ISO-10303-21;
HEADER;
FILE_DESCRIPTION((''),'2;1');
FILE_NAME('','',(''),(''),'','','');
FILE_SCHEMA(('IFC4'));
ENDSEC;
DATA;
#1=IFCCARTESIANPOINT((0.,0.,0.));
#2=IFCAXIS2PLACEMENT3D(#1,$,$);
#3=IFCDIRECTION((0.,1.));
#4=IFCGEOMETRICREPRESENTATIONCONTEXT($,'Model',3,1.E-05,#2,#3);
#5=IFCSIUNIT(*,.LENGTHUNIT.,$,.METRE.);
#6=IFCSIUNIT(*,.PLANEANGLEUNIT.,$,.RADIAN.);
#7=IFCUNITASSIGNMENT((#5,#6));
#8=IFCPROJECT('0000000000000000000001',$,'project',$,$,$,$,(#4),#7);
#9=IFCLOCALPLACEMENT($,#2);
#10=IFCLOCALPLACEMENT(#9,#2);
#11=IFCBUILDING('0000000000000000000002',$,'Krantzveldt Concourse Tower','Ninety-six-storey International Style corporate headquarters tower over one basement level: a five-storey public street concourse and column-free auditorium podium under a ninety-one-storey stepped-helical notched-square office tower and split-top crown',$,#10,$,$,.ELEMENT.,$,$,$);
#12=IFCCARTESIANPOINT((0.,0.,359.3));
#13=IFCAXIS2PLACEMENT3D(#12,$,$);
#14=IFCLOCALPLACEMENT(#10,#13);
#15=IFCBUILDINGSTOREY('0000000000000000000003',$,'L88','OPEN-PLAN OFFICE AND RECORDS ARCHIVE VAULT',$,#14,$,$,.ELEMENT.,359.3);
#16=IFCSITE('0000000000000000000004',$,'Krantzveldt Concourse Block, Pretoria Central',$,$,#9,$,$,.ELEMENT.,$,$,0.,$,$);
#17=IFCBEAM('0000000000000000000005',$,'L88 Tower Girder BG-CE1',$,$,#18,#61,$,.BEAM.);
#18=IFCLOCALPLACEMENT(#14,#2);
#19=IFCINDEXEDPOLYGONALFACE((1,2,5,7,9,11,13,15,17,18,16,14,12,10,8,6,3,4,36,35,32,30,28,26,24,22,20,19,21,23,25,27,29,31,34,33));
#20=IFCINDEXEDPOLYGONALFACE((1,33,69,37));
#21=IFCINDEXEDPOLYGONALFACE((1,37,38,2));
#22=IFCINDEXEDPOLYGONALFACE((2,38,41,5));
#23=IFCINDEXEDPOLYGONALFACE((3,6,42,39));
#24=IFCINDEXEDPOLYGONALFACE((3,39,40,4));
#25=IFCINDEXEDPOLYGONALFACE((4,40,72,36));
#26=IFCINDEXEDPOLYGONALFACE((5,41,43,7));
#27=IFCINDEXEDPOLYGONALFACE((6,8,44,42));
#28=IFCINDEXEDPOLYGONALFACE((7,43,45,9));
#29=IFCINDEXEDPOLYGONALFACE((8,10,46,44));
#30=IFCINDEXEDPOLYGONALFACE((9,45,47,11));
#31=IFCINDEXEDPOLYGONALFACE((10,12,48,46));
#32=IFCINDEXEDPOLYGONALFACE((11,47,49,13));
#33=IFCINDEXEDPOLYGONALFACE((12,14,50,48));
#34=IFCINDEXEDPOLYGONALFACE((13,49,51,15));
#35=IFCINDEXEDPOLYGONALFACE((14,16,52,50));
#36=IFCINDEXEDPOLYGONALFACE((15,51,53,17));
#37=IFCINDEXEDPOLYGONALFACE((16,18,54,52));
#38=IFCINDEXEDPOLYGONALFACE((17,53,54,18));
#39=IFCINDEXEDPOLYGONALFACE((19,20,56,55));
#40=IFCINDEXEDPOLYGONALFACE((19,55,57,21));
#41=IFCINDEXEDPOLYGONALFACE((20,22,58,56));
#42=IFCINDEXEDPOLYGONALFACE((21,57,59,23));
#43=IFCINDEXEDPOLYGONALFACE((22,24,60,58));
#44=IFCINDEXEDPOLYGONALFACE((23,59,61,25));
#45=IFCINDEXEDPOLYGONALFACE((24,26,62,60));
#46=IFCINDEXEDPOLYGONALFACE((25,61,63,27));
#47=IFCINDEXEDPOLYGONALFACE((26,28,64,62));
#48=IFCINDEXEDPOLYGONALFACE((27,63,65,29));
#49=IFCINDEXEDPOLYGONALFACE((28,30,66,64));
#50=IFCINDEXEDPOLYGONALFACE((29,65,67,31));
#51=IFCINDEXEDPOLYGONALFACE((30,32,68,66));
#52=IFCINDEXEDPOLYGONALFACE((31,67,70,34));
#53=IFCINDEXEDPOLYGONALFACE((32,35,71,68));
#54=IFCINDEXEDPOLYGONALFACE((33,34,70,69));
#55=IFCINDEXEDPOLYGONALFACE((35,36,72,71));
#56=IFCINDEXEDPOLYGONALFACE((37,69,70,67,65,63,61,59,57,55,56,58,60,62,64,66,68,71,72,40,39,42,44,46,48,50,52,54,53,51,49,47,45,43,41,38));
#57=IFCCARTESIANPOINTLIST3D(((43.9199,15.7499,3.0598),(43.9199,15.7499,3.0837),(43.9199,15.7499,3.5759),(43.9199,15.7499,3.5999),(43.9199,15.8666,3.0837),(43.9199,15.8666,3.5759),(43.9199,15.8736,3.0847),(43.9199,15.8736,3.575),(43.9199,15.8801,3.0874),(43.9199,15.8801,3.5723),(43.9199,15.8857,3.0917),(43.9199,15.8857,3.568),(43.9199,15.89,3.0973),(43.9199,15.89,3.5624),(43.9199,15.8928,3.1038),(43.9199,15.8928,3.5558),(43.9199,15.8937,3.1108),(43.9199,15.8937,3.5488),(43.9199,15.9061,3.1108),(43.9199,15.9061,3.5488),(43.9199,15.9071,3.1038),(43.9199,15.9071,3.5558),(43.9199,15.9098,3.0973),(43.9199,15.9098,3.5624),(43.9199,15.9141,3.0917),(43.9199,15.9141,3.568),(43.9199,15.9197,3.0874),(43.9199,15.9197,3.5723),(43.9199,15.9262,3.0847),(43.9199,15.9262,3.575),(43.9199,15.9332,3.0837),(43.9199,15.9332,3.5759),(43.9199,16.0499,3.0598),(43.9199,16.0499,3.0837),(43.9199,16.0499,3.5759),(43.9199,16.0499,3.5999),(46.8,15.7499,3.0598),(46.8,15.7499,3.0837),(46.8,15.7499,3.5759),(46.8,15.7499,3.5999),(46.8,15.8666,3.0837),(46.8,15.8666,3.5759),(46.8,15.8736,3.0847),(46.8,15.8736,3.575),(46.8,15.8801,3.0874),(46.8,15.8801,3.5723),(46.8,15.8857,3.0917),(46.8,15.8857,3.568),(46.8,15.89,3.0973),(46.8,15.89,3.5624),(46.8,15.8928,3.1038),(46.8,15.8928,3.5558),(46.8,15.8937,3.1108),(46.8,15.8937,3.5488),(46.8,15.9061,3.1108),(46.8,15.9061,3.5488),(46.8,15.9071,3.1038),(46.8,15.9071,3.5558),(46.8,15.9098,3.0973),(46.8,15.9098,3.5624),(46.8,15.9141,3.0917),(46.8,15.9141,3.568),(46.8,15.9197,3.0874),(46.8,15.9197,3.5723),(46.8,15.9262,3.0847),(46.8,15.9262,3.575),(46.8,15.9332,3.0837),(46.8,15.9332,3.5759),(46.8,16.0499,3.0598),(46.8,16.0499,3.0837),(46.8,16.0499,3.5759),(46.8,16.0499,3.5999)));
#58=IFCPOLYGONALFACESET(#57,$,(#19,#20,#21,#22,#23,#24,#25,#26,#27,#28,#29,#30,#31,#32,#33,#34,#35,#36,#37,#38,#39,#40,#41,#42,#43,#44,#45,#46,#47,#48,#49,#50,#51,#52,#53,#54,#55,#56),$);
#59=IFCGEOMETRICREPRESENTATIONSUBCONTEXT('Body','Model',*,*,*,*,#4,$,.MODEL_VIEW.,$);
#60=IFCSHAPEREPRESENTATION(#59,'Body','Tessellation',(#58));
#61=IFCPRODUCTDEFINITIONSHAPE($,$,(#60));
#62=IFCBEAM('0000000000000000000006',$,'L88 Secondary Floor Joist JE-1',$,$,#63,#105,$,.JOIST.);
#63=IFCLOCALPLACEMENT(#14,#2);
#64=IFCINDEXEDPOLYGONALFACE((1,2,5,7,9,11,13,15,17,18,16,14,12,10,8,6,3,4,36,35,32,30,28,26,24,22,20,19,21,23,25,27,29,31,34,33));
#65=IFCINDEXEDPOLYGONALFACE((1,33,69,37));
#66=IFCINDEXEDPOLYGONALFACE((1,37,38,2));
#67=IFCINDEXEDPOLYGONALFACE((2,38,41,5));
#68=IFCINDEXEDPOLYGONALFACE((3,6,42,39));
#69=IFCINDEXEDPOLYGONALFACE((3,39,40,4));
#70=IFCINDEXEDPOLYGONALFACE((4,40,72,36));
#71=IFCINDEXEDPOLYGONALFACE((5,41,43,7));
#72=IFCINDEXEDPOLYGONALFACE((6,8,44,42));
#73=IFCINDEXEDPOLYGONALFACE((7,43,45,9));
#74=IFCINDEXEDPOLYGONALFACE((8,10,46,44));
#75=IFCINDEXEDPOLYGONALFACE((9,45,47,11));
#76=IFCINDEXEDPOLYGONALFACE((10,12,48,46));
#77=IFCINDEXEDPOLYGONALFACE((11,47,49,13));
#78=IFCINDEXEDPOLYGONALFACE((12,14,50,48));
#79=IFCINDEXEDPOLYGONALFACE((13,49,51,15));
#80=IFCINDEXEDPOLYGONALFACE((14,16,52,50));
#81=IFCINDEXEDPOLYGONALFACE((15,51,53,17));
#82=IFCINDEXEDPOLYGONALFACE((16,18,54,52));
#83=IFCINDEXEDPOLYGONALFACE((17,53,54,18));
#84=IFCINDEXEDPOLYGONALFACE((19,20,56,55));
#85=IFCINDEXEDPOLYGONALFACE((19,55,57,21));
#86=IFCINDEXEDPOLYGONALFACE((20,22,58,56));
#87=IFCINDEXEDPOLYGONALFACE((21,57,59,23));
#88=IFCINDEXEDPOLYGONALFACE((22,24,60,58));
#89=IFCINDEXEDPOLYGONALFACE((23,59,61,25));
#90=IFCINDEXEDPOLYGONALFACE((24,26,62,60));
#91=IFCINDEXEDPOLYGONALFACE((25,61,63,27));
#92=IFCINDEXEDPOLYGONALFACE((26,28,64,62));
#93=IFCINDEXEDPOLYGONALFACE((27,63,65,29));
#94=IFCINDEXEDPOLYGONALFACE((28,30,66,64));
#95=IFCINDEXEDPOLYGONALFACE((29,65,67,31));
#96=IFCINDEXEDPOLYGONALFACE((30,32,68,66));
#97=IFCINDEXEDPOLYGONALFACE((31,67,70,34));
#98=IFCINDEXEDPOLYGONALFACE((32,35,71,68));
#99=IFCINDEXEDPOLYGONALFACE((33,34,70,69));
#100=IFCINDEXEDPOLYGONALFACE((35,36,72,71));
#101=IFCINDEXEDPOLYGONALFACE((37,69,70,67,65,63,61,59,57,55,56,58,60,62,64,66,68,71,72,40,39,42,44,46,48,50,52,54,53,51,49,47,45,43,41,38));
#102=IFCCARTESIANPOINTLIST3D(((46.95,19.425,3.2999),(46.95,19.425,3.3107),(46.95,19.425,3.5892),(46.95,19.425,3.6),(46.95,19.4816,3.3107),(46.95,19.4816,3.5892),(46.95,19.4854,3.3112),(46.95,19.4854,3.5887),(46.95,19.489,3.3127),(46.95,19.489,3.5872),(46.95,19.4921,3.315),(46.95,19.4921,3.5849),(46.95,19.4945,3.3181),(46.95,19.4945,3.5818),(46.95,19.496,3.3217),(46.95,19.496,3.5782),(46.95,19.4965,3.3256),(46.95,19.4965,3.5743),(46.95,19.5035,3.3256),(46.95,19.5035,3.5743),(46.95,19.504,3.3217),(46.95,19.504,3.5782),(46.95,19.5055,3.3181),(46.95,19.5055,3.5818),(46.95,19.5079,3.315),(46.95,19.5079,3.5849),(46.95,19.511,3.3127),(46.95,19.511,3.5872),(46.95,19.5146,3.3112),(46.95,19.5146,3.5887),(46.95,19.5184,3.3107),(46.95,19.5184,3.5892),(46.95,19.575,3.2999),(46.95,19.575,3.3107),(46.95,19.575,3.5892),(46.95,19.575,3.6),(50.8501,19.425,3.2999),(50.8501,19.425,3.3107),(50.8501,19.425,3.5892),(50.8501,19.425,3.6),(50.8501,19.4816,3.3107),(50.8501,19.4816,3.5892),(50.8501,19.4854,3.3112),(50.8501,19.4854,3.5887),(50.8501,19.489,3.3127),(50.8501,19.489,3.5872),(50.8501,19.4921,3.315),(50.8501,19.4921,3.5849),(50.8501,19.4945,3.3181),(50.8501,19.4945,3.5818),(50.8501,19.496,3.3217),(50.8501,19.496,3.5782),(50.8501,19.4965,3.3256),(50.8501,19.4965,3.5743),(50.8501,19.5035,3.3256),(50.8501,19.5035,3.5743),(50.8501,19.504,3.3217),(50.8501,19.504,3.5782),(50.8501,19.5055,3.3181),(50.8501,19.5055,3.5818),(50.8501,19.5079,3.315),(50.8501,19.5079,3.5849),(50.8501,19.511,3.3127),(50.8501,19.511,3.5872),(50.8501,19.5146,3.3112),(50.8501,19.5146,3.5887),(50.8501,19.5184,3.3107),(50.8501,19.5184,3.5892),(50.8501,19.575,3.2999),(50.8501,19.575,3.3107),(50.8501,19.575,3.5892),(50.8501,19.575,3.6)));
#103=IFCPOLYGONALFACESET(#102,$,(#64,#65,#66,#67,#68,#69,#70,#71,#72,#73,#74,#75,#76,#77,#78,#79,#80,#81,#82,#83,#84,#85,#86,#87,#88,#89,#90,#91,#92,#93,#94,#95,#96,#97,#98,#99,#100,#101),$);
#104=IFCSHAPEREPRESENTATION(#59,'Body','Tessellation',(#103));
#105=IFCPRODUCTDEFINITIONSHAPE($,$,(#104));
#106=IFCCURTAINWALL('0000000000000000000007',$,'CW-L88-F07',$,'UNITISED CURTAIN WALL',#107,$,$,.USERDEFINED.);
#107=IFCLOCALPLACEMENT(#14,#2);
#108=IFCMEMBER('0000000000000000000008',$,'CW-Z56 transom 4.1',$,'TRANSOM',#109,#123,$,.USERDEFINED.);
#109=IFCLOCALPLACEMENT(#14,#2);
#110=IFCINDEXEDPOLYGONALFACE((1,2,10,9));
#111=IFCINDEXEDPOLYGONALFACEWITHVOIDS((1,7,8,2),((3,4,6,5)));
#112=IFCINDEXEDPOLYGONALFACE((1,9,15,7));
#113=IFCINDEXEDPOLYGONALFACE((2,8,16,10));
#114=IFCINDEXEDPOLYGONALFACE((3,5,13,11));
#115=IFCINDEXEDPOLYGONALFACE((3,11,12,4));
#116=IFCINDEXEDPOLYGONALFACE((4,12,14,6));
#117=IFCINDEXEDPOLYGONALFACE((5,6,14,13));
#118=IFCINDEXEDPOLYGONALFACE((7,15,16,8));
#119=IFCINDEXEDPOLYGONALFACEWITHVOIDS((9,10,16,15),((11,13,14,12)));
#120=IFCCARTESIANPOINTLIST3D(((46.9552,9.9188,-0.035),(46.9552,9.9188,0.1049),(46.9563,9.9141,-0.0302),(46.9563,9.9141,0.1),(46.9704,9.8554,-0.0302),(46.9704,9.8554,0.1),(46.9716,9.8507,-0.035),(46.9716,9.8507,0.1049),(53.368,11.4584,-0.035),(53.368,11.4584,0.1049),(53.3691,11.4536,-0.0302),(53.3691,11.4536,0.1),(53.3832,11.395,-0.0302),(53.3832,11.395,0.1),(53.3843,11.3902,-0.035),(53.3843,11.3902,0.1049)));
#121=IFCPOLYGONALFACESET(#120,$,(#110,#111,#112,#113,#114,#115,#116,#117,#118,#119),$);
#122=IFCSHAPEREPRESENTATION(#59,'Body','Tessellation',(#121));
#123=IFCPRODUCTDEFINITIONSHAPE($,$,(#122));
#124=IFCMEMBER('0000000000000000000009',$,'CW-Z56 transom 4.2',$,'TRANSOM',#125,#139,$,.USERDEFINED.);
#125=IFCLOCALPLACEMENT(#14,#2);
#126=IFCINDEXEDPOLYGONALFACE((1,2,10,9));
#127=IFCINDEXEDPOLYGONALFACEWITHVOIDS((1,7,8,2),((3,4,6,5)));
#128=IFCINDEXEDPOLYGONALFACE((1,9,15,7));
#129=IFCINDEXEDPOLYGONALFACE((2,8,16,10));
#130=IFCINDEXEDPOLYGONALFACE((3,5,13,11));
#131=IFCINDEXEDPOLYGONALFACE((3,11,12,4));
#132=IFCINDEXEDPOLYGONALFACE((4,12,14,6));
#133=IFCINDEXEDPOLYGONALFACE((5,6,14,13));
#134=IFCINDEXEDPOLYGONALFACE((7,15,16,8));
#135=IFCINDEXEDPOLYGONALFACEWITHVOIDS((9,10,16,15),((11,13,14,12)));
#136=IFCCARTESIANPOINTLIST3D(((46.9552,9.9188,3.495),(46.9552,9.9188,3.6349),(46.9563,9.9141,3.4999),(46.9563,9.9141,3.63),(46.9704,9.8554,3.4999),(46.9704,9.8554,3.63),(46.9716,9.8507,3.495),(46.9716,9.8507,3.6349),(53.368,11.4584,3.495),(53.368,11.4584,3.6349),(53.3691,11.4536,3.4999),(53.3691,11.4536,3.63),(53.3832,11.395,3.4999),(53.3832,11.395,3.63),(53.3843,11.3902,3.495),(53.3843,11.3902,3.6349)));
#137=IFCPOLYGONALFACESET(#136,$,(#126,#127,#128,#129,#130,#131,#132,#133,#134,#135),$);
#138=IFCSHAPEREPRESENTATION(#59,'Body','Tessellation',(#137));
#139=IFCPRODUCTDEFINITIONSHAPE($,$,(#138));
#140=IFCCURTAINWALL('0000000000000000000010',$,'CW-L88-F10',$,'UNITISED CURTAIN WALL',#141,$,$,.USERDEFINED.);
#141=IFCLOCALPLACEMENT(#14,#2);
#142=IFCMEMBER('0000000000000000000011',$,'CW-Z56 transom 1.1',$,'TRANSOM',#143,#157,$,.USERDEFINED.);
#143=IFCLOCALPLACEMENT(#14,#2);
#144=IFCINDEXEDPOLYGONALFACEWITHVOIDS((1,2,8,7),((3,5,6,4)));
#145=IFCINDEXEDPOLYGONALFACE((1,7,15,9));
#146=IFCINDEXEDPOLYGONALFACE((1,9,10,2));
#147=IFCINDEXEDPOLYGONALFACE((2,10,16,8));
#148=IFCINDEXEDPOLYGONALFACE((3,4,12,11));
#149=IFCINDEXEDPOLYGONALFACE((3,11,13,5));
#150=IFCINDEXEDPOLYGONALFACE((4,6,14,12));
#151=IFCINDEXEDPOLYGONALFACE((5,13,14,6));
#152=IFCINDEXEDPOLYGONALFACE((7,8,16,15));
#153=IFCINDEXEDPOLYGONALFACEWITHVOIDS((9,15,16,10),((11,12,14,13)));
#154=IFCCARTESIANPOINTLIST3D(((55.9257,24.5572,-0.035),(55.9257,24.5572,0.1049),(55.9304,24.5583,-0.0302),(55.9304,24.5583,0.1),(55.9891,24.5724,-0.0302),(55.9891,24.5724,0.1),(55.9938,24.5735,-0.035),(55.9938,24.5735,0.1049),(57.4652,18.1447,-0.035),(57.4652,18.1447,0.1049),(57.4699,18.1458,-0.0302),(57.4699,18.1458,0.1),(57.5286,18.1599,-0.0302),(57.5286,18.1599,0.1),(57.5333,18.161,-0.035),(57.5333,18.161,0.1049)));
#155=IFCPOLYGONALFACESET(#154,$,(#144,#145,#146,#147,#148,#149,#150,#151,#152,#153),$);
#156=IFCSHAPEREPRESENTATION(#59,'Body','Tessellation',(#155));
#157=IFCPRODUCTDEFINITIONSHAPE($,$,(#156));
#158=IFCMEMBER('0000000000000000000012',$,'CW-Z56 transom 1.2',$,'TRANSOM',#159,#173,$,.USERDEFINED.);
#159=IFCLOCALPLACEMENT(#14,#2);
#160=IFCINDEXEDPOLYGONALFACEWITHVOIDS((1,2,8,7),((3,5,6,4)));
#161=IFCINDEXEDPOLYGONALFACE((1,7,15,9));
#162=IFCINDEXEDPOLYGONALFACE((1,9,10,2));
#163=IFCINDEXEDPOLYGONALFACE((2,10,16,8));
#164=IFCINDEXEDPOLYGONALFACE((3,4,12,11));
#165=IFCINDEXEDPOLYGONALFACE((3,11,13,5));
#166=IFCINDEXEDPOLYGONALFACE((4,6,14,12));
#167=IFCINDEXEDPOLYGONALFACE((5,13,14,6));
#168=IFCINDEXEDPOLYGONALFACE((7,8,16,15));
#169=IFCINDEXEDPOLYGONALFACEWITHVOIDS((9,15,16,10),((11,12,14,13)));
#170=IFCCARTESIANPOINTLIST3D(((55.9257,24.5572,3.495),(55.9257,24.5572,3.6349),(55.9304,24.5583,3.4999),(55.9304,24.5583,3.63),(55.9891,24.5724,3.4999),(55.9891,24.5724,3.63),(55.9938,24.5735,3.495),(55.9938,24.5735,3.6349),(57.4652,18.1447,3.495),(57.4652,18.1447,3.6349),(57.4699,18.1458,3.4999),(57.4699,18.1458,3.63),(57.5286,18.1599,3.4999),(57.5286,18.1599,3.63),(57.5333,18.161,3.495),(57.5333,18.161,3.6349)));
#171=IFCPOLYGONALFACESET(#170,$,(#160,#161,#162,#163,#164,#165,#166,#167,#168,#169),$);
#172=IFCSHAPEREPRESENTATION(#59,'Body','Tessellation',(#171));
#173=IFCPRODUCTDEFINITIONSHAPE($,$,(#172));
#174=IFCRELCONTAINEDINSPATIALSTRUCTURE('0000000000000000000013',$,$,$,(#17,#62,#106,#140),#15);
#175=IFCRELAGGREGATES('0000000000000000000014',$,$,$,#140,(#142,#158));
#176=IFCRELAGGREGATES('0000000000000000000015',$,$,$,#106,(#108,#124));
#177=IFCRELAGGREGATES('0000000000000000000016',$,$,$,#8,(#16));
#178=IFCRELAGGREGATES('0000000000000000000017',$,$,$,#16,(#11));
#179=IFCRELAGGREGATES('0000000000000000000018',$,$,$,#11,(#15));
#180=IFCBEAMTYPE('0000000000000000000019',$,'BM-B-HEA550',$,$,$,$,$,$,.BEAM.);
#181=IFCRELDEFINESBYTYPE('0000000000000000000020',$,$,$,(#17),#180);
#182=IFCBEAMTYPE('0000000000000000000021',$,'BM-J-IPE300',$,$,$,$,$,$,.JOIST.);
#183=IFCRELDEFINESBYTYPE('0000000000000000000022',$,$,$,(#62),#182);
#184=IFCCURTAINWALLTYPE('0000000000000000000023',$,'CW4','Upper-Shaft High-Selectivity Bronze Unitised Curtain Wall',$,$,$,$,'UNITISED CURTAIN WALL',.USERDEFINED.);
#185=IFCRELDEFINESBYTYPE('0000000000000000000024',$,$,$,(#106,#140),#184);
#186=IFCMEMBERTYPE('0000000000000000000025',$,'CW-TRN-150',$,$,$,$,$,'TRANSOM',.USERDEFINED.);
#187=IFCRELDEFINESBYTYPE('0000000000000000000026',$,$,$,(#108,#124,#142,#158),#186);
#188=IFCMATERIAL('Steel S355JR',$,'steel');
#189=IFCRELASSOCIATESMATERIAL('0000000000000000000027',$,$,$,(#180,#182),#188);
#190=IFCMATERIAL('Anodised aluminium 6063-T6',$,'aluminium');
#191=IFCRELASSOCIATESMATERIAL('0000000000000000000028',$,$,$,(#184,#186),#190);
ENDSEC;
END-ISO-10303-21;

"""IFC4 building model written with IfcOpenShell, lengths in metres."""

from ifc_helpers import new_model, si_unit, direction, frame, origin, origin_2d, place, context, subcontext, project, spatial, hollow_rectangle, i_section, extrude, source, transform, mapped, material, material_profile, profile_set, type_object, type_shapes, element, aggregate, save


model = new_model("IFC4")

# Units and contexts
model_context = context("Model", 3, precision=1e-05, world=origin(), true_north=direction((0.0, 1.0)))
body_context = subcontext(model_context, "Body", "Model", "MODEL_VIEW")
ifc_project = project(units=[si_unit("LENGTHUNIT", "METRE"), si_unit("PLANEANGLEUNIT", "RADIAN")], contexts=[model_context])

# Site, building, storey
site_placement = place(None, origin())
site = spatial("IfcSite", under=ifc_project, at=site_placement, Name="Krantzveldt Concourse Block, Pretoria Central", CompositionType="ELEMENT", RefElevation=0.0)
building_placement = place(site_placement, origin())
building = spatial("IfcBuilding", under=site, at=building_placement, Name="Krantzveldt Concourse Tower", Description="Ninety-six-storey International Style corporate headquarters tower over one basement level: a five-storey public street concourse and column-free auditorium podium under a ninety-one-storey stepped-helical notched-square office tower and split-top crown", CompositionType="ELEMENT")
storey_placement = place(building_placement, frame((0.0, 0.0, 359.3)))
storey = spatial("IfcBuildingStorey", under=building, at=storey_placement, Name="L88", Description="OPEN-PLAN OFFICE AND RECORDS ARCHIVE VAULT", CompositionType="ELEMENT", Elevation=359.3)

# Beams
ifc_material_1 = material(Name="Steel S355JR", Category="steel")
ifc_material_profile_1 = material_profile(ifc_material_1, i_section(OverallWidth=0.3, OverallDepth=0.54, WebThickness=0.0125, FlangeThickness=0.0239, FilletRadius=0.0271, at=origin_2d()), Name="Steel S355JR", Category="steel")
ifc_profile_set_1 = profile_set([ifc_material_profile_1], Name="Steel S355JR - HEA 550")
beam_type_1 = type_object("IfcBeamType", Name="BM-B-HEA550", PredefinedType="BEAM", material=ifc_profile_set_1)
shared_shape_1 = source(origin(), body_context, "Body", "SweptSolid", [
    extrude(i_section(OverallWidth=0.3, OverallDepth=0.54, WebThickness=0.0125, FlangeThickness=0.0239, FilletRadius=0.0271, at=origin_2d()), origin(), (0.0, 0.0, 1.0), 2.8801),
])
beam_1_placement = place(storey_placement, frame((43.9199, 15.8999, 3.3298), z_axis=(1.0, 0.0, 0.0), x_axis=(0.0, 1.0, 0.0)))
element("IfcBeam", 1, at=beam_1_placement, inside=storey, type_object=beam_type_1, Name="L88 Tower Girder BG-CE1", PredefinedType="BEAM", context=body_context, shape_type="MappedRepresentation", body=[
    mapped(shared_shape_1, transform((0.0, 0.0, 0.0), x_axis=(1.0, 0.0, 0.0), y_axis=(0.0, 1.0, 0.0), z_axis=(0.0, 0.0, 1.0), scale=1.0)),
])
ifc_material_profile_2 = material_profile(ifc_material_1, i_section(OverallWidth=0.1499, OverallDepth=0.3, WebThickness=0.0071, FlangeThickness=0.0107, FilletRadius=0.0149, at=origin_2d()), Name="Steel S355JR", Category="steel")
ifc_profile_set_2 = profile_set([ifc_material_profile_2], Name="Steel S355JR - IPE 300")
beam_type_2 = type_object("IfcBeamType", Name="BM-J-IPE300", PredefinedType="JOIST", material=ifc_profile_set_2)
shared_shape_2 = source(origin(), body_context, "Body", "SweptSolid", [
    extrude(i_section(OverallWidth=0.1499, OverallDepth=0.3, WebThickness=0.0071, FlangeThickness=0.0107, FilletRadius=0.0149, at=origin_2d()), origin(), (0.0, 0.0, 1.0), 3.9001),
])
type_shapes(beam_type_2, [shared_shape_2])
beam_2_placement = place(storey_placement, frame((46.95, 19.5, 3.45), z_axis=(1.0, 0.0, 0.0), x_axis=(0.0, 1.0, 0.0)))
element("IfcBeam", 2, at=beam_2_placement, inside=storey, type_object=beam_type_2, Name="L88 Secondary Floor Joist JE-1", PredefinedType="JOIST", context=body_context, shape_type="MappedRepresentation", body=[
    mapped(shared_shape_2, transform((0.0, 0.0, 0.0), x_axis=(1.0, 0.0, 0.0), y_axis=(0.0, 1.0, 0.0), z_axis=(0.0, 0.0, 1.0), scale=1.0)),
])

# Curtain walls, members
ifc_material_2 = material(Name="Anodised aluminium 6063-T6", Category="aluminium")
curtain_wall_type = type_object("IfcCurtainWallType", Name="CW4", Description="Upper-Shaft High-Selectivity Bronze Unitised Curtain Wall", ElementType="UNITISED CURTAIN WALL", PredefinedType="USERDEFINED", material=ifc_material_2)
curtain_wall_1_placement = place(storey_placement, origin())
curtain_wall_1 = element("IfcCurtainWall", 3, at=curtain_wall_1_placement, inside=storey, type_object=curtain_wall_type, Name="CW-L88-F07", ObjectType="UNITISED CURTAIN WALL", PredefinedType="USERDEFINED")
ifc_material_profile_3 = material_profile(ifc_material_2, hollow_rectangle(XDim=0.0701, YDim=0.1399, WallThickness=0.0049, at=origin_2d()), Name="Anodised aluminium 6063-T6", Category="aluminium")
ifc_profile_set_3 = profile_set([ifc_material_profile_3], Name="Anodised aluminium 6063-T6 - ALU-TRAN 140x70x5")
member_type_1 = type_object("IfcMemberType", Name="CW-TRN-150", ElementType="TRANSOM", PredefinedType="USERDEFINED", material=ifc_profile_set_3)
shared_shape_3 = source(origin(), body_context, "Body", "SweptSolid", [
    extrude(hollow_rectangle(XDim=0.0701, YDim=0.1399, WallThickness=0.0049, at=origin_2d()), origin(), (0.0, 0.0, 1.0), 6.595),
])
member_1_placement = place(storey_placement, frame((46.9634, 9.8848, 0.0349), z_axis=(0.972371, 0.23344, 0.0), x_axis=(-0.23344, 0.972371, 0.0)))
member_1 = element("IfcMember", 4, at=member_1_placement, type_object=member_type_1, Name="CW-Z56 transom 4.1", ObjectType="TRANSOM", PredefinedType="USERDEFINED", context=body_context, shape_type="MappedRepresentation", body=[
    mapped(shared_shape_3, transform((0.0, 0.0, 0.0), x_axis=(1.0, 0.0, 0.0), y_axis=(0.0, 1.0, 0.0), z_axis=(0.0, 0.0, 1.0), scale=1.0)),
])
member_2_placement = place(storey_placement, frame((46.9634, 9.8848, 3.5649), z_axis=(0.972371, 0.23344, 0.0), x_axis=(-0.23344, 0.972371, 0.0)))
member_2 = element("IfcMember", 5, at=member_2_placement, type_object=member_type_1, Name="CW-Z56 transom 4.2", ObjectType="TRANSOM", PredefinedType="USERDEFINED", context=body_context, shape_type="MappedRepresentation", body=[
    mapped(shared_shape_3, transform((0.0, 0.0, 0.0), x_axis=(1.0, 0.0, 0.0), y_axis=(0.0, 1.0, 0.0), z_axis=(0.0, 0.0, 1.0), scale=1.0)),
])
curtain_wall_2_placement = place(storey_placement, origin())
curtain_wall_2 = element("IfcCurtainWall", 6, at=curtain_wall_2_placement, inside=storey, type_object=curtain_wall_type, Name="CW-L88-F10", ObjectType="UNITISED CURTAIN WALL", PredefinedType="USERDEFINED")
shared_shape_4 = source(origin(), body_context, "Body", "SweptSolid", [
    extrude(hollow_rectangle(XDim=0.0701, YDim=0.1399, WallThickness=0.0049, at=origin_2d()), origin(), (0.0, 0.0, 1.0), 6.5947),
])
type_shapes(member_type_1, [shared_shape_3, shared_shape_4])
member_3_placement = place(storey_placement, frame((57.4993, 18.1528, 0.0349), z_axis=(-0.233449, 0.972369, 0.0), x_axis=(-0.972369, -0.233449, 0.0)))
member_3 = element("IfcMember", 7, at=member_3_placement, type_object=member_type_1, Name="CW-Z56 transom 1.1", ObjectType="TRANSOM", PredefinedType="USERDEFINED", context=body_context, shape_type="MappedRepresentation", body=[
    mapped(shared_shape_4, transform((0.0, 0.0, 0.0), x_axis=(1.0, 0.0, 0.0), y_axis=(0.0, 1.0, 0.0), z_axis=(0.0, 0.0, 1.0), scale=1.0)),
])
member_4_placement = place(storey_placement, frame((57.4993, 18.1528, 3.5649), z_axis=(-0.233449, 0.972369, 0.0), x_axis=(-0.972369, -0.233449, 0.0)))
member_4 = element("IfcMember", 8, at=member_4_placement, type_object=member_type_1, Name="CW-Z56 transom 1.2", ObjectType="TRANSOM", PredefinedType="USERDEFINED", context=body_context, shape_type="MappedRepresentation", body=[
    mapped(shared_shape_4, transform((0.0, 0.0, 0.0), x_axis=(1.0, 0.0, 0.0), y_axis=(0.0, 1.0, 0.0), z_axis=(0.0, 0.0, 1.0), scale=1.0)),
])

aggregate(curtain_wall_2, [member_3, member_4])

aggregate(curtain_wall_1, [member_1, member_2])

save(model, "model.ifc")
